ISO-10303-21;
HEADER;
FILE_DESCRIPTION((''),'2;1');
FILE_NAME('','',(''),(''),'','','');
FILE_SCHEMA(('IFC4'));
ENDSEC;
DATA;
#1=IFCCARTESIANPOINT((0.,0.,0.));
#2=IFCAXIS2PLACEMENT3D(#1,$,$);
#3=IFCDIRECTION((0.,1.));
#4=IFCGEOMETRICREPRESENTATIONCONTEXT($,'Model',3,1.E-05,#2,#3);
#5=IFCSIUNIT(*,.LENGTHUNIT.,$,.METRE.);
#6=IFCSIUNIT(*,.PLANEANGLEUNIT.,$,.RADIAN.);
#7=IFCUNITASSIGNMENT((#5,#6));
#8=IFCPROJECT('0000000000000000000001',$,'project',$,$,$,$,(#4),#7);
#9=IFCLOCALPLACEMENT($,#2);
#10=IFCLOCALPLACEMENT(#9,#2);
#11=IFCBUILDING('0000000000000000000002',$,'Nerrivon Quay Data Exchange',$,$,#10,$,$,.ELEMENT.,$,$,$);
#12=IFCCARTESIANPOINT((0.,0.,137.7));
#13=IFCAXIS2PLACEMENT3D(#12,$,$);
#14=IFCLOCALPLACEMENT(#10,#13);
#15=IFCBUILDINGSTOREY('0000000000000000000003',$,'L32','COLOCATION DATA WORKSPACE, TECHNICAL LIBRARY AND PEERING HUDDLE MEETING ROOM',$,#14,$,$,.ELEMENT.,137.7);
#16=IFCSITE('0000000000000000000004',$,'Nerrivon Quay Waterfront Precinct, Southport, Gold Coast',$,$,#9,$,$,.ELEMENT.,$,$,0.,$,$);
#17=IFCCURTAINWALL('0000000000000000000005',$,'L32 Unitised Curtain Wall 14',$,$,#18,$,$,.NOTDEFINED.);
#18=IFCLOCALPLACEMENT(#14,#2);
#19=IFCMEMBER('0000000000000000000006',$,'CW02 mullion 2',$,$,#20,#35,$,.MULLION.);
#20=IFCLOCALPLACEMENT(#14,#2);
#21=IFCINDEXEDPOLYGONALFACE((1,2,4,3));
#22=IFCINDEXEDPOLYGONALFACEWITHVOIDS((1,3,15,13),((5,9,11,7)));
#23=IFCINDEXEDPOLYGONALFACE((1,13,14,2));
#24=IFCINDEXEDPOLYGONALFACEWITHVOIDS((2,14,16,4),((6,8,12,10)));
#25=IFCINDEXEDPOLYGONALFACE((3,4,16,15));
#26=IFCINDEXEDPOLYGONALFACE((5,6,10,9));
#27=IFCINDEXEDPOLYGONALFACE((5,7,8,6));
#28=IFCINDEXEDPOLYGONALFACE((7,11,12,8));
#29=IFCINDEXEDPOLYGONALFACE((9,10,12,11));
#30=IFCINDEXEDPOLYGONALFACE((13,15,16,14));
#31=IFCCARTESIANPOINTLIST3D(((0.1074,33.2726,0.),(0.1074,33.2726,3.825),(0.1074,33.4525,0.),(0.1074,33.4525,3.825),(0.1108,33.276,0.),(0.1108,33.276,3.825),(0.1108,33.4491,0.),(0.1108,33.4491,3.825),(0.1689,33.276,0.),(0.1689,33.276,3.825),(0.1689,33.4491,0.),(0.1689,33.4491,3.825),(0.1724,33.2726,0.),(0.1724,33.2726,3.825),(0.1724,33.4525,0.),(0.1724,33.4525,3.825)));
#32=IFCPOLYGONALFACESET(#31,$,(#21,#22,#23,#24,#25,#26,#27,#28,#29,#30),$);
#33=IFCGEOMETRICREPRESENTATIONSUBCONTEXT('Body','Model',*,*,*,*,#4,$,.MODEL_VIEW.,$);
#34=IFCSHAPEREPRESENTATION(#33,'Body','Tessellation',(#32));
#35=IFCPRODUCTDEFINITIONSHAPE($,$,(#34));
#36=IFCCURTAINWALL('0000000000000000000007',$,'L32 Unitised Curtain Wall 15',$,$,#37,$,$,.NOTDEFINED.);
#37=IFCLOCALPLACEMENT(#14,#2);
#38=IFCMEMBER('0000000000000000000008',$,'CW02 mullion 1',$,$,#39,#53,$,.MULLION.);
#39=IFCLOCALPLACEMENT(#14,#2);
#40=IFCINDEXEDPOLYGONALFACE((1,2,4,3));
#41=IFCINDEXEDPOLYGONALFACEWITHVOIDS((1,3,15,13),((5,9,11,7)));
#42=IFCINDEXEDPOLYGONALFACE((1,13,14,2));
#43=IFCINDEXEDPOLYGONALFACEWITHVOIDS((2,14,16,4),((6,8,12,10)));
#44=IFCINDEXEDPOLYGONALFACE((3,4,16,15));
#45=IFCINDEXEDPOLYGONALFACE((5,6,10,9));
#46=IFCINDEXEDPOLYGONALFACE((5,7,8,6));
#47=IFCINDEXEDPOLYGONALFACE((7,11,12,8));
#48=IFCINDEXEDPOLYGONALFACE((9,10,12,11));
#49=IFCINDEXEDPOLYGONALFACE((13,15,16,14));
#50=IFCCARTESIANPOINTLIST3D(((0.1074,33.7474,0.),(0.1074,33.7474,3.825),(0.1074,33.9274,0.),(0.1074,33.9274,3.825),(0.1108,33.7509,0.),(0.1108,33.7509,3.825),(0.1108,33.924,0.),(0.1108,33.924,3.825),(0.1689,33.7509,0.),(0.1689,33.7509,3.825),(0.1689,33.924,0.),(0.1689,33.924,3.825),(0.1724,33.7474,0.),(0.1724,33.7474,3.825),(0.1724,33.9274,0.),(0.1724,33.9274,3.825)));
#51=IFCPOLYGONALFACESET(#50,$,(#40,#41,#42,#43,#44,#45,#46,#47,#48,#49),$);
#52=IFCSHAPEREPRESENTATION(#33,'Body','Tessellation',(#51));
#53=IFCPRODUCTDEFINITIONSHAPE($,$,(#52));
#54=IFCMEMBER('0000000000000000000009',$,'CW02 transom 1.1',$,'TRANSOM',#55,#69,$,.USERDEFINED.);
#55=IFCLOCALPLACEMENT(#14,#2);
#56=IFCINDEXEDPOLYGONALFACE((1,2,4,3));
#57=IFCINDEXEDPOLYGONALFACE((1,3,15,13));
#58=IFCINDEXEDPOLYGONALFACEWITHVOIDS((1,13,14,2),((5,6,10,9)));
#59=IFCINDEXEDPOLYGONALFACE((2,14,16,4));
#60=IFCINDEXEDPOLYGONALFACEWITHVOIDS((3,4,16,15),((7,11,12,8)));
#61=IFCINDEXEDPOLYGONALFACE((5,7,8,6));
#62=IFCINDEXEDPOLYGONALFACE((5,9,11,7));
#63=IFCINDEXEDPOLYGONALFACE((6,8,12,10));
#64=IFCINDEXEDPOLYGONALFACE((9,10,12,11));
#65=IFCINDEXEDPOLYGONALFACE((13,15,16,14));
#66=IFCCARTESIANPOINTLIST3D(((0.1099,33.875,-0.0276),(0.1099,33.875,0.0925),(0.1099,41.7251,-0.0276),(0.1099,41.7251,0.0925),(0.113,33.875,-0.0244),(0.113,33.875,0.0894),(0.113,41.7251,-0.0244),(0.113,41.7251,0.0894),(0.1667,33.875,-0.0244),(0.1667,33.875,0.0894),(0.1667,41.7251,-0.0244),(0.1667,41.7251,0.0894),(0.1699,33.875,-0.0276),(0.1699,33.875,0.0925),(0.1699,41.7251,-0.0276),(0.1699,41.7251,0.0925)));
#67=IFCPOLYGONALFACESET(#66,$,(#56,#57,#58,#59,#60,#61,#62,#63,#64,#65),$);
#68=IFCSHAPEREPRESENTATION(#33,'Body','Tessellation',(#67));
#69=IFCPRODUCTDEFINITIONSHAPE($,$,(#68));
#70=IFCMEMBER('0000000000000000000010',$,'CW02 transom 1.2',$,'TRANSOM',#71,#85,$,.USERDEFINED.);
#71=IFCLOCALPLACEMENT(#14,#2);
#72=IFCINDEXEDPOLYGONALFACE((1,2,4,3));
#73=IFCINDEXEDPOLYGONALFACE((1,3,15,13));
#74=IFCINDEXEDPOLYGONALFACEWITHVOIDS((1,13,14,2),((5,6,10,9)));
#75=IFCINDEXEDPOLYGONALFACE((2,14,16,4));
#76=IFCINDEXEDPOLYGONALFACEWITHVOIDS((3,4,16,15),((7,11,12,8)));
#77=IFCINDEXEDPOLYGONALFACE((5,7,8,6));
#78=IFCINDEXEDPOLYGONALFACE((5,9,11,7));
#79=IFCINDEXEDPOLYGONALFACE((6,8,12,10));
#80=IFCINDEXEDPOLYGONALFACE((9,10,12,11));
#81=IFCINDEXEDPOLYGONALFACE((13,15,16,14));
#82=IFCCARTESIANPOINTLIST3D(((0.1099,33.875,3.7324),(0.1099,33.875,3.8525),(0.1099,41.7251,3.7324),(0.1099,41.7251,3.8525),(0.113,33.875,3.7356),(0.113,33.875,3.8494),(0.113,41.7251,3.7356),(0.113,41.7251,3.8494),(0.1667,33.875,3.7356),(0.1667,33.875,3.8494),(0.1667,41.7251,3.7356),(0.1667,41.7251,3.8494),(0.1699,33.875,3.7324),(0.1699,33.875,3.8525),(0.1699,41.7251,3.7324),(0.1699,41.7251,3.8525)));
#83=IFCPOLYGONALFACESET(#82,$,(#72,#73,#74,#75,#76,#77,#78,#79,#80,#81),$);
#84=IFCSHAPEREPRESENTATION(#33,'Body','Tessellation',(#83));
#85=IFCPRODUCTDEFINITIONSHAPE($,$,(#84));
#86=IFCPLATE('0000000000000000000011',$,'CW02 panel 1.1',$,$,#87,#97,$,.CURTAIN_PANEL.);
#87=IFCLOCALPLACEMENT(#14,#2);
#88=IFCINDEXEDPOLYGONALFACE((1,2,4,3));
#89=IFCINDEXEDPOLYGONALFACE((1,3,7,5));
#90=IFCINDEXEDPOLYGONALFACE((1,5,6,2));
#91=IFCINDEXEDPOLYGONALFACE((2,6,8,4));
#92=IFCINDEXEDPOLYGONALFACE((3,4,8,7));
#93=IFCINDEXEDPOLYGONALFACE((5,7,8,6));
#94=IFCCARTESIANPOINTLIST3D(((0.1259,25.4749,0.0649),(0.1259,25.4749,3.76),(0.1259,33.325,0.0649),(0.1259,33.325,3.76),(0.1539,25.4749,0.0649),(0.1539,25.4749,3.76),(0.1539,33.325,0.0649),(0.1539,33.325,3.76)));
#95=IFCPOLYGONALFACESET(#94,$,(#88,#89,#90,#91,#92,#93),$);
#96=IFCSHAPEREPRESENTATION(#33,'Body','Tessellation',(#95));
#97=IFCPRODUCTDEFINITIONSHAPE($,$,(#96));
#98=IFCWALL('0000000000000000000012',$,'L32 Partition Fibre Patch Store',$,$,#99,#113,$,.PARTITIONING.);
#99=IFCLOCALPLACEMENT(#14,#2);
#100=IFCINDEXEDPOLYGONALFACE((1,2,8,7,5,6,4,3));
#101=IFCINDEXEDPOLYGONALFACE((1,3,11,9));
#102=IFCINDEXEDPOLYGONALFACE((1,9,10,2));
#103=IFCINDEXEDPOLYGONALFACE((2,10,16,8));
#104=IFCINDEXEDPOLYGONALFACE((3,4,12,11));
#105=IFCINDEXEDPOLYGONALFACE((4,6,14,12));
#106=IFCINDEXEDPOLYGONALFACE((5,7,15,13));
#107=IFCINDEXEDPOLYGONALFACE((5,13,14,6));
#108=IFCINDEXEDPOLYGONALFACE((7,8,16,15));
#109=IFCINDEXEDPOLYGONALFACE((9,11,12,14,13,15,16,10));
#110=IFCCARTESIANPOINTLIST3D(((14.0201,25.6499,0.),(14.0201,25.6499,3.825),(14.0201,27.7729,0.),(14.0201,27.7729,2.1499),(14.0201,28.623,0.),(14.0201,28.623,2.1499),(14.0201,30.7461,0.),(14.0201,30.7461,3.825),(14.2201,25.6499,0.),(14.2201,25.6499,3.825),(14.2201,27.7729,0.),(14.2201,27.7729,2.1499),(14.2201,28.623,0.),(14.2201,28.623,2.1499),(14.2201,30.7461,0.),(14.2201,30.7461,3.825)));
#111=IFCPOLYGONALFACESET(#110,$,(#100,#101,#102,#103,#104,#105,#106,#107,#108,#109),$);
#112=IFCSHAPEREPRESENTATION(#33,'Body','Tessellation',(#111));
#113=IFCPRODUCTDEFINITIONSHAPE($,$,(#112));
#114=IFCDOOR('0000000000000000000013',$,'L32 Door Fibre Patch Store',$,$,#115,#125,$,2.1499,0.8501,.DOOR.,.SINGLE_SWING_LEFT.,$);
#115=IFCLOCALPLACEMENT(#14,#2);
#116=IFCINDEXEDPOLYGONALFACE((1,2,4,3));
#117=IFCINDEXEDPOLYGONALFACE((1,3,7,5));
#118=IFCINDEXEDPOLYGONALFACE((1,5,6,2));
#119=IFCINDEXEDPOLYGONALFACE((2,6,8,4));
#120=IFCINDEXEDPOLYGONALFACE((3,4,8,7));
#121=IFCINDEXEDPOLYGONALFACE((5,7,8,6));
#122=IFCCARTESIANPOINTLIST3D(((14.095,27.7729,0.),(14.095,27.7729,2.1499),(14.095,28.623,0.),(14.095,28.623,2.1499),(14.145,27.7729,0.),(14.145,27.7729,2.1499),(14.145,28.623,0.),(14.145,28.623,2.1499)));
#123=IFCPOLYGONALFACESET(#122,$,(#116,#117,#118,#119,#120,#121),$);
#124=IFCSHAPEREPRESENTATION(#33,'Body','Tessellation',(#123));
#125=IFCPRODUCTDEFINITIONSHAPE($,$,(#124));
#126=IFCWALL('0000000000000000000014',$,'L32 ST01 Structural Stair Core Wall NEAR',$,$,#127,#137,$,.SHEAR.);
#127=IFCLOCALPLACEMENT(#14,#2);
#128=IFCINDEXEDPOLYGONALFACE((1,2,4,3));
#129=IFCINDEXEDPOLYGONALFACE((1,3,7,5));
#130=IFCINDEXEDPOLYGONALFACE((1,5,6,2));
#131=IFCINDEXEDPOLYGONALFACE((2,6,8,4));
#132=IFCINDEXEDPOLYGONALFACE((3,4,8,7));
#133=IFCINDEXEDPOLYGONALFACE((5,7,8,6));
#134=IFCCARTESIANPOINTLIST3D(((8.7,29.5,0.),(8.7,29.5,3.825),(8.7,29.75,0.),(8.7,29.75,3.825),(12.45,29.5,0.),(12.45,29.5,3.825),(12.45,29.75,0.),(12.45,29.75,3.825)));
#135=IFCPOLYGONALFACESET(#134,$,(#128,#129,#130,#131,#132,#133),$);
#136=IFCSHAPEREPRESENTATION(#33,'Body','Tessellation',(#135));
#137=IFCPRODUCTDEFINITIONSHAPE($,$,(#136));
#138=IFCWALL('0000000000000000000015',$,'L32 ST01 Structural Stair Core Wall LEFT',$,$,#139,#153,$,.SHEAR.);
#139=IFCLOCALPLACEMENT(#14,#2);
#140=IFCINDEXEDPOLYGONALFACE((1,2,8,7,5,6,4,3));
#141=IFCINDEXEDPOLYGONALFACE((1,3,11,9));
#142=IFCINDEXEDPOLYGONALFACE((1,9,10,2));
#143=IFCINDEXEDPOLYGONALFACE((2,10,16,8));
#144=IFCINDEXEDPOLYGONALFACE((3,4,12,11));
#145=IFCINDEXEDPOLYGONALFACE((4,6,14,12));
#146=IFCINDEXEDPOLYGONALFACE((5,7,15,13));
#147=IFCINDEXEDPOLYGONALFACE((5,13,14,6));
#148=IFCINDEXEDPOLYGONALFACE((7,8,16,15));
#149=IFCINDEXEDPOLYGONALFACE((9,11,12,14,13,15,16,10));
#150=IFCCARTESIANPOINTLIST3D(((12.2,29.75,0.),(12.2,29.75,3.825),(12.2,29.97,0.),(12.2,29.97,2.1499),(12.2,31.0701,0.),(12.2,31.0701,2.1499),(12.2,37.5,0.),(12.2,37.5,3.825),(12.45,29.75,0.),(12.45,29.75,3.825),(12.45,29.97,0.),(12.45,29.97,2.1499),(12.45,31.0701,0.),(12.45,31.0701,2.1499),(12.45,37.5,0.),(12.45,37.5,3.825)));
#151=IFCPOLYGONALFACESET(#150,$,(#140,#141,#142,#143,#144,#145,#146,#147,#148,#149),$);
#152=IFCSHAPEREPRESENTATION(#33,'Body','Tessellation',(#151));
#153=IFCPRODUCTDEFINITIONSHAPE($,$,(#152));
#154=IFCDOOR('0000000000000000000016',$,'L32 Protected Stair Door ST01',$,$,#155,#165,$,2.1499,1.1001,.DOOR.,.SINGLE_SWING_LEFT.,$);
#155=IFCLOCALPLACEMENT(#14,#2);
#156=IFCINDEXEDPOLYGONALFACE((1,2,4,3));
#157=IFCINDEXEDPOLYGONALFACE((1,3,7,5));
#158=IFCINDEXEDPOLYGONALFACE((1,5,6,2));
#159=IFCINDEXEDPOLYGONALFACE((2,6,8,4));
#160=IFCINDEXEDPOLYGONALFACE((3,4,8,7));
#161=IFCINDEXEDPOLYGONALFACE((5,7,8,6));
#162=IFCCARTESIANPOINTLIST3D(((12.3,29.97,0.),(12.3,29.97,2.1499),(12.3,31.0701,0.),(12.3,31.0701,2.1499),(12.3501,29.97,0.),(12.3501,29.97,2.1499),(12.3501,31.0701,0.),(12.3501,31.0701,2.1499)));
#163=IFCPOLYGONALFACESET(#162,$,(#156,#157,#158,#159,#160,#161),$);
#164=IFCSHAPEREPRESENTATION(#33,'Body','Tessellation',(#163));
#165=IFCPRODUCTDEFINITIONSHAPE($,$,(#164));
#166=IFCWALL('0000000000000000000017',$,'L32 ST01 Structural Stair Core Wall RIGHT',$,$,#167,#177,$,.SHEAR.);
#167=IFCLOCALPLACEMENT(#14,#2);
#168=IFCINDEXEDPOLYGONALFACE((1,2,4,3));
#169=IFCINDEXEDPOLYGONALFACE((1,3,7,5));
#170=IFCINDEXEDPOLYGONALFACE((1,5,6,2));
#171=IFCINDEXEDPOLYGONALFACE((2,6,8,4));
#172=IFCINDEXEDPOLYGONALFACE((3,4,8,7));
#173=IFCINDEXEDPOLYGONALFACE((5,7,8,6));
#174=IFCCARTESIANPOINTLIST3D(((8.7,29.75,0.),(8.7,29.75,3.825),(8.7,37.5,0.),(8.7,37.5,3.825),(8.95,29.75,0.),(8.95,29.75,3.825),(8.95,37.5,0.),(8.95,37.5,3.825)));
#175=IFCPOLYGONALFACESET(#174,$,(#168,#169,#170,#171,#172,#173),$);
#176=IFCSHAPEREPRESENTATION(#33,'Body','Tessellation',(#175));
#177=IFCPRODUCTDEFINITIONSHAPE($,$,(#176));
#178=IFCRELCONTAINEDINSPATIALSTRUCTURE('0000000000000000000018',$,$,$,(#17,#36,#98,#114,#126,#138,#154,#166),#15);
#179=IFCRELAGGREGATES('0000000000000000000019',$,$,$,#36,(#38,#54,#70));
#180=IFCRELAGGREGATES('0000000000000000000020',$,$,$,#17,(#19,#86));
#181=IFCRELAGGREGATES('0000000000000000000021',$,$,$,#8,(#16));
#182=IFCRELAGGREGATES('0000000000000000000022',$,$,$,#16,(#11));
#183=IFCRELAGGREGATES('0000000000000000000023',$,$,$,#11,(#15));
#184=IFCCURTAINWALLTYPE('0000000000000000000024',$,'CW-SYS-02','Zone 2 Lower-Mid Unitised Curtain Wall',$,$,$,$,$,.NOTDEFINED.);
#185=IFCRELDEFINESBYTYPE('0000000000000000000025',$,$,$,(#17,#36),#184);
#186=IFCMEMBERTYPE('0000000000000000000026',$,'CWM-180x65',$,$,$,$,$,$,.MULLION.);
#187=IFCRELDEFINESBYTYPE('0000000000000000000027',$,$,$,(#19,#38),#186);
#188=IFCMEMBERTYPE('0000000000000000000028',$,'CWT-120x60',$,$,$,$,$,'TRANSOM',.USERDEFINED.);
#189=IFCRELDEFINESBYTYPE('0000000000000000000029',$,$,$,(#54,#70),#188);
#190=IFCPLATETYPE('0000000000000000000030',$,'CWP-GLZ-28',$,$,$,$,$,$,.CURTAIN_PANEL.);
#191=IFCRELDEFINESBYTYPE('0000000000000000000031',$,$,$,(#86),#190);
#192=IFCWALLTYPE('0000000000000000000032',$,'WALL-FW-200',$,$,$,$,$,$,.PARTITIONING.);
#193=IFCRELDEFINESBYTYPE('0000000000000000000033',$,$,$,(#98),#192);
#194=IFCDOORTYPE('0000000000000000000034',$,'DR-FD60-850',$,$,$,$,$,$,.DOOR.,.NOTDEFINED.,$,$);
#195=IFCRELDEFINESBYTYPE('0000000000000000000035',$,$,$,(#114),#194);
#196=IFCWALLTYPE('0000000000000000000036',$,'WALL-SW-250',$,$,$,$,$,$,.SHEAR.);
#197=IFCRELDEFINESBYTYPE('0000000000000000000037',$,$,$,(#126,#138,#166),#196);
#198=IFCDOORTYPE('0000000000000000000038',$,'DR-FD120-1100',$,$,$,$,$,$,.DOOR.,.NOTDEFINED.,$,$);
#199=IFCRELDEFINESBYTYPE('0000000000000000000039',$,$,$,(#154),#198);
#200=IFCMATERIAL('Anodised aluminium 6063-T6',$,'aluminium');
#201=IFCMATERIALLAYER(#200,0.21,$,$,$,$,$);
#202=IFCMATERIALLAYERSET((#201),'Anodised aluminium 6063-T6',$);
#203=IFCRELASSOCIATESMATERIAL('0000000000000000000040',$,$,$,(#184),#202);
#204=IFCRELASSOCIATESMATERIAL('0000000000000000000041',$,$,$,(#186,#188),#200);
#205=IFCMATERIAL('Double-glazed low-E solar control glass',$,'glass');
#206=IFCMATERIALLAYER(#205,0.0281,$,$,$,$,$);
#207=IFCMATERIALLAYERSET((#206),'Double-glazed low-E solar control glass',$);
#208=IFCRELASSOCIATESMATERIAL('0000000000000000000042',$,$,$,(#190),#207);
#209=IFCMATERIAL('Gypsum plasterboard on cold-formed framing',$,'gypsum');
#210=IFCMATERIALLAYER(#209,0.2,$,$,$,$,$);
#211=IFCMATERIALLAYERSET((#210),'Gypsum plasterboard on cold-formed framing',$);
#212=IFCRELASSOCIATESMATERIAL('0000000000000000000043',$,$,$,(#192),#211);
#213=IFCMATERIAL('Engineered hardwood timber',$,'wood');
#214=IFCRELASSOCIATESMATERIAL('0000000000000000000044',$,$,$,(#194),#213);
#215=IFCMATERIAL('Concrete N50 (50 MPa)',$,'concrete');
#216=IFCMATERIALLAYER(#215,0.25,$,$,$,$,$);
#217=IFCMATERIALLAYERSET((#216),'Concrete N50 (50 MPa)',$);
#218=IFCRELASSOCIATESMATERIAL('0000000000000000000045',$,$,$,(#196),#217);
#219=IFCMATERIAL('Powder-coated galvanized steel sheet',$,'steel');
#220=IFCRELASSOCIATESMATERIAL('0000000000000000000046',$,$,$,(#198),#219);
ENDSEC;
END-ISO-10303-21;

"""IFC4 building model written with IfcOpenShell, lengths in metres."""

from ifc_helpers import new_model, si_unit, direction, frame, frame_2d, origin, origin_2d, place, context, subcontext, project, spatial, rectangle, hollow_rectangle, extrude, material, layer, layer_set, material_profile, profile_set, type_object, element, fill, aggregate, save


model = new_model("IFC4")

# Units and contexts
model_context = context("Model", 3, precision=1e-05, world=origin(), true_north=direction((0.0, 1.0)))
body_context = subcontext(model_context, "Body", "Model", "MODEL_VIEW")
ifc_project = project(units=[si_unit("LENGTHUNIT", "METRE"), si_unit("PLANEANGLEUNIT", "RADIAN")], contexts=[model_context])

# Site, building, storey
site_placement = place(None, origin())
site = spatial("IfcSite", under=ifc_project, at=site_placement, Name="Nerrivon Quay Waterfront Precinct, Southport, Gold Coast", CompositionType="ELEMENT", RefElevation=0.0)
building_placement = place(site_placement, origin())
building = spatial("IfcBuilding", under=site, at=building_placement, Name="Nerrivon Quay Data Exchange", CompositionType="ELEMENT")
storey_placement = place(building_placement, frame((0.0, 0.0, 137.7)))
storey = spatial("IfcBuildingStorey", under=building, at=storey_placement, Name="L32", Description="COLOCATION DATA WORKSPACE, TECHNICAL LIBRARY AND PEERING HUDDLE MEETING ROOM", CompositionType="ELEMENT", Elevation=137.7)

# Curtain wall, member
ifc_material_1 = material(Name="Anodised aluminium 6063-T6", Category="aluminium")
ifc_layer_1 = layer(ifc_material_1, 0.21)
ifc_layer_set_1 = layer_set([ifc_layer_1], Name="Anodised aluminium 6063-T6")
curtain_wall_type = type_object("IfcCurtainWallType", Name="CW-SYS-02", Description="Zone 2 Lower-Mid Unitised Curtain Wall", PredefinedType="NOTDEFINED", material=ifc_layer_set_1)
curtain_wall_1_placement = place(storey_placement, origin())
curtain_wall_1 = element("IfcCurtainWall", 1, at=curtain_wall_1_placement, inside=storey, type_object=curtain_wall_type, Name="L32 Unitised Curtain Wall 14", PredefinedType="NOTDEFINED")
ifc_material_profile_1 = material_profile(ifc_material_1, hollow_rectangle(XDim=0.0649, YDim=0.1799, WallThickness=0.0034, at=origin_2d()), Name="ALU-MULL-180x65")
ifc_profile_set_1 = profile_set([ifc_material_profile_1], Name="Anodised aluminium 6063-T6")
member_type_1 = type_object("IfcMemberType", Name="CWM-180x65", PredefinedType="MULLION", material=ifc_profile_set_1)
member_1_placement = place(storey_placement, frame((0.1399, 33.3625, 0.0), z_axis=(0.0, 0.0, 1.0), x_axis=(-1.0, 0.0, 0.0)))
member_1 = element("IfcMember", 2, at=member_1_placement, type_object=member_type_1, Name="CW02 mullion 2", PredefinedType="MULLION", context=body_context, shape_type="SweptSolid", body=[
    extrude(hollow_rectangle(XDim=0.0649, YDim=0.1799, WallThickness=0.0034, at=origin_2d()), origin(), (0.0, 0.0, 1.0), 3.825),
])

# Curtain wall, members
curtain_wall_2_placement = place(storey_placement, origin())
curtain_wall_2 = element("IfcCurtainWall", 3, at=curtain_wall_2_placement, inside=storey, type_object=curtain_wall_type, Name="L32 Unitised Curtain Wall 15", PredefinedType="NOTDEFINED")
member_2_placement = place(storey_placement, frame((0.1399, 33.8374, 0.0), z_axis=(0.0, 0.0, 1.0), x_axis=(-1.0, 0.0, 0.0)))
member_2 = element("IfcMember", 4, at=member_2_placement, type_object=member_type_1, Name="CW02 mullion 1", PredefinedType="MULLION", context=body_context, shape_type="SweptSolid", body=[
    extrude(hollow_rectangle(XDim=0.0649, YDim=0.1799, WallThickness=0.0034, at=origin_2d()), origin(), (0.0, 0.0, 1.0), 3.825),
])
ifc_material_profile_2 = material_profile(ifc_material_1, hollow_rectangle(XDim=0.0601, YDim=0.1201, WallThickness=0.0032, at=origin_2d()), Name="ALU-TRAN-120x60")
ifc_profile_set_2 = profile_set([ifc_material_profile_2], Name="Anodised aluminium 6063-T6")
member_type_2 = type_object("IfcMemberType", Name="CWT-120x60", ElementType="TRANSOM", PredefinedType="USERDEFINED", material=ifc_profile_set_2)
member_3_placement = place(storey_placement, frame((0.1399, 33.875, 0.0325), z_axis=(0.0, 1.0, 0.0), x_axis=(-1.0, 0.0, 0.0)))
member_3 = element("IfcMember", 5, at=member_3_placement, type_object=member_type_2, Name="CW02 transom 1.1", ObjectType="TRANSOM", PredefinedType="USERDEFINED", context=body_context, shape_type="SweptSolid", body=[
    extrude(hollow_rectangle(XDim=0.0601, YDim=0.1201, WallThickness=0.0032, at=origin_2d()), origin(), (0.0, 0.0, 1.0), 7.8501),
])
member_4_placement = place(storey_placement, frame((0.1399, 33.875, 3.7925), z_axis=(0.0, 1.0, 0.0), x_axis=(-1.0, 0.0, 0.0)))
member_4 = element("IfcMember", 6, at=member_4_placement, type_object=member_type_2, Name="CW02 transom 1.2", ObjectType="TRANSOM", PredefinedType="USERDEFINED", context=body_context, shape_type="SweptSolid", body=[
    extrude(hollow_rectangle(XDim=0.0601, YDim=0.1201, WallThickness=0.0032, at=origin_2d()), origin(), (0.0, 0.0, 1.0), 7.8501),
])
aggregate(curtain_wall_2, [member_2, member_3, member_4])

# Plate
ifc_material_2 = material(Name="Double-glazed low-E solar control glass", Category="glass")
ifc_layer_2 = layer(ifc_material_2, 0.0281)
ifc_layer_set_2 = layer_set([ifc_layer_2], Name="Double-glazed low-E solar control glass")
plate_type = type_object("IfcPlateType", Name="CWP-GLZ-28", PredefinedType="CURTAIN_PANEL", material=ifc_layer_set_2)
plate_placement = place(storey_placement, frame((0.1399, 29.3999, 0.0649), z_axis=(0.0, 0.0, 1.0), x_axis=(0.0, 1.0, 0.0)))
plate = element("IfcPlate", 7, at=plate_placement, type_object=plate_type, Name="CW02 panel 1.1", PredefinedType="CURTAIN_PANEL", context=body_context, shape_type="SweptSolid", body=[
    extrude(rectangle(XDim=7.8501, YDim=0.0281, at=origin_2d()), origin(), (0.0, 0.0, 1.0), 3.6951),
])
aggregate(curtain_wall_1, [member_1, plate])

# Wall, opening, door
ifc_material_3 = material(Name="Gypsum plasterboard on cold-formed framing", Category="gypsum")
ifc_layer_3 = layer(ifc_material_3, 0.2)
ifc_layer_set_3 = layer_set([ifc_layer_3], Name="Gypsum plasterboard on cold-formed framing")
wall_type_1 = type_object("IfcWallType", Name="WALL-FW-200", PredefinedType="PARTITIONING", material=ifc_layer_set_3)
wall_1_placement = place(storey_placement, frame((14.1201, 30.7461, 0.0), z_axis=(0.0, 0.0, 1.0), x_axis=(0.0, -1.0, 0.0)))
wall_1 = element("IfcWall", 8, at=wall_1_placement, inside=storey, type_object=wall_type_1, Name="L32 Partition Fibre Patch Store", PredefinedType="PARTITIONING", context=body_context, shape_type="SweptSolid", body=[
    extrude(rectangle(XDim=5.0962, YDim=0.2, at=frame_2d((2.5481, 0.0))), origin(), (0.0, 0.0, 1.0), 3.825),
])
opening_1_placement = place(wall_1_placement, frame((2.123, 0.0, 0.0)))
opening_1 = element("IfcOpeningElement", 9, at=opening_1_placement, cuts=wall_1, PredefinedType="OPENING", context=body_context, shape_type="SweptSolid", body=[
    extrude(rectangle(XDim=0.8501, YDim=2.1499, at=frame_2d((0.425, 1.075))), frame((0.0, 0.1099, 0.0), z_axis=(0.0, -1.0, 0.0), x_axis=(1.0, 0.0, 0.0)), (0.0, 0.0, 1.0), 0.22),
])
ifc_material_4 = material(Name="Engineered hardwood timber", Category="wood")
door_type_1 = type_object("IfcDoorType", Name="DR-FD60-850", OperationType="NOTDEFINED", PredefinedType="DOOR", material=ifc_material_4)
door_1_placement = place(opening_1_placement, origin())
door_1 = element("IfcDoor", 10, at=door_1_placement, inside=storey, type_object=door_type_1, Name="L32 Door Fibre Patch Store", OperationType="SINGLE_SWING_LEFT", OverallHeight=2.1499, OverallWidth=0.8501, PredefinedType="DOOR", context=body_context, shape_type="SweptSolid", body=[
    extrude(rectangle(XDim=0.8501, YDim=2.1499, at=frame_2d((0.425, 1.075))), frame((0.0, 0.0249, 0.0), z_axis=(0.0, -1.0, 0.0), x_axis=(1.0, 0.0, 0.0)), (0.0, 0.0, 1.0), 0.05),
])
fill(opening_1, door_1)

# Wall
ifc_material_5 = material(Name="Concrete N50 (50 MPa)", Category="concrete")
ifc_layer_4 = layer(ifc_material_5, 0.25)
ifc_layer_set_4 = layer_set([ifc_layer_4], Name="Concrete N50 (50 MPa)")
wall_type_2 = type_object("IfcWallType", Name="WALL-SW-250", PredefinedType="SHEAR", material=ifc_layer_set_4)
wall_2_placement = place(storey_placement, frame((12.45, 29.625, 0.0), z_axis=(0.0, 0.0, 1.0), x_axis=(-1.0, 0.0, 0.0)))
element("IfcWall", 11, at=wall_2_placement, inside=storey, type_object=wall_type_2, Name="L32 ST01 Structural Stair Core Wall NEAR", PredefinedType="SHEAR", context=body_context, shape_type="SweptSolid", body=[
    extrude(rectangle(XDim=3.75, YDim=0.25, at=frame_2d((1.875, 0.0))), origin(), (0.0, 0.0, 1.0), 3.825),
])

# Wall, opening, door
wall_3_placement = place(storey_placement, frame((12.325, 29.75, 0.0), z_axis=(0.0, 0.0, 1.0), x_axis=(0.0, 1.0, 0.0)))
wall_3 = element("IfcWall", 12, at=wall_3_placement, inside=storey, type_object=wall_type_2, Name="L32 ST01 Structural Stair Core Wall LEFT", PredefinedType="SHEAR", context=body_context, shape_type="SweptSolid", body=[
    extrude(rectangle(XDim=7.75, YDim=0.25, at=frame_2d((3.875, 0.0))), origin(), (0.0, 0.0, 1.0), 3.825),
])
opening_2_placement = place(wall_3_placement, frame((0.22, 0.0, 0.0)))
opening_2 = element("IfcOpeningElement", 13, at=opening_2_placement, cuts=wall_3, PredefinedType="OPENING", context=body_context, shape_type="SweptSolid", body=[
    extrude(rectangle(XDim=1.1001, YDim=2.1499, at=frame_2d((0.55, 1.075))), frame((0.0, 0.135, 0.0), z_axis=(0.0, -1.0, 0.0), x_axis=(1.0, 0.0, 0.0)), (0.0, 0.0, 1.0), 0.27),
])
ifc_material_6 = material(Name="Powder-coated galvanized steel sheet", Category="steel")
door_type_2 = type_object("IfcDoorType", Name="DR-FD120-1100", OperationType="NOTDEFINED", PredefinedType="DOOR", material=ifc_material_6)
door_2_placement = place(opening_2_placement, origin())
door_2 = element("IfcDoor", 14, at=door_2_placement, inside=storey, type_object=door_type_2, Name="L32 Protected Stair Door ST01", OperationType="SINGLE_SWING_LEFT", OverallHeight=2.1499, OverallWidth=1.1001, PredefinedType="DOOR", context=body_context, shape_type="SweptSolid", body=[
    extrude(rectangle(XDim=1.1001, YDim=2.1499, at=frame_2d((0.55, 1.075))), frame((0.0, 0.0249, 0.0), z_axis=(0.0, -1.0, 0.0), x_axis=(1.0, 0.0, 0.0)), (0.0, 0.0, 1.0), 0.05),
])
fill(opening_2, door_2)

# Wall
wall_4_placement = place(storey_placement, frame((8.825, 29.75, 0.0), z_axis=(0.0, 0.0, 1.0), x_axis=(0.0, 1.0, 0.0)))
element("IfcWall", 15, at=wall_4_placement, inside=storey, type_object=wall_type_2, Name="L32 ST01 Structural Stair Core Wall RIGHT", PredefinedType="SHEAR", context=body_context, shape_type="SweptSolid", body=[
    extrude(rectangle(XDim=7.75, YDim=0.25, at=frame_2d((3.875, 0.0))), origin(), (0.0, 0.0, 1.0), 3.825),
])

save(model, "model.ifc")
